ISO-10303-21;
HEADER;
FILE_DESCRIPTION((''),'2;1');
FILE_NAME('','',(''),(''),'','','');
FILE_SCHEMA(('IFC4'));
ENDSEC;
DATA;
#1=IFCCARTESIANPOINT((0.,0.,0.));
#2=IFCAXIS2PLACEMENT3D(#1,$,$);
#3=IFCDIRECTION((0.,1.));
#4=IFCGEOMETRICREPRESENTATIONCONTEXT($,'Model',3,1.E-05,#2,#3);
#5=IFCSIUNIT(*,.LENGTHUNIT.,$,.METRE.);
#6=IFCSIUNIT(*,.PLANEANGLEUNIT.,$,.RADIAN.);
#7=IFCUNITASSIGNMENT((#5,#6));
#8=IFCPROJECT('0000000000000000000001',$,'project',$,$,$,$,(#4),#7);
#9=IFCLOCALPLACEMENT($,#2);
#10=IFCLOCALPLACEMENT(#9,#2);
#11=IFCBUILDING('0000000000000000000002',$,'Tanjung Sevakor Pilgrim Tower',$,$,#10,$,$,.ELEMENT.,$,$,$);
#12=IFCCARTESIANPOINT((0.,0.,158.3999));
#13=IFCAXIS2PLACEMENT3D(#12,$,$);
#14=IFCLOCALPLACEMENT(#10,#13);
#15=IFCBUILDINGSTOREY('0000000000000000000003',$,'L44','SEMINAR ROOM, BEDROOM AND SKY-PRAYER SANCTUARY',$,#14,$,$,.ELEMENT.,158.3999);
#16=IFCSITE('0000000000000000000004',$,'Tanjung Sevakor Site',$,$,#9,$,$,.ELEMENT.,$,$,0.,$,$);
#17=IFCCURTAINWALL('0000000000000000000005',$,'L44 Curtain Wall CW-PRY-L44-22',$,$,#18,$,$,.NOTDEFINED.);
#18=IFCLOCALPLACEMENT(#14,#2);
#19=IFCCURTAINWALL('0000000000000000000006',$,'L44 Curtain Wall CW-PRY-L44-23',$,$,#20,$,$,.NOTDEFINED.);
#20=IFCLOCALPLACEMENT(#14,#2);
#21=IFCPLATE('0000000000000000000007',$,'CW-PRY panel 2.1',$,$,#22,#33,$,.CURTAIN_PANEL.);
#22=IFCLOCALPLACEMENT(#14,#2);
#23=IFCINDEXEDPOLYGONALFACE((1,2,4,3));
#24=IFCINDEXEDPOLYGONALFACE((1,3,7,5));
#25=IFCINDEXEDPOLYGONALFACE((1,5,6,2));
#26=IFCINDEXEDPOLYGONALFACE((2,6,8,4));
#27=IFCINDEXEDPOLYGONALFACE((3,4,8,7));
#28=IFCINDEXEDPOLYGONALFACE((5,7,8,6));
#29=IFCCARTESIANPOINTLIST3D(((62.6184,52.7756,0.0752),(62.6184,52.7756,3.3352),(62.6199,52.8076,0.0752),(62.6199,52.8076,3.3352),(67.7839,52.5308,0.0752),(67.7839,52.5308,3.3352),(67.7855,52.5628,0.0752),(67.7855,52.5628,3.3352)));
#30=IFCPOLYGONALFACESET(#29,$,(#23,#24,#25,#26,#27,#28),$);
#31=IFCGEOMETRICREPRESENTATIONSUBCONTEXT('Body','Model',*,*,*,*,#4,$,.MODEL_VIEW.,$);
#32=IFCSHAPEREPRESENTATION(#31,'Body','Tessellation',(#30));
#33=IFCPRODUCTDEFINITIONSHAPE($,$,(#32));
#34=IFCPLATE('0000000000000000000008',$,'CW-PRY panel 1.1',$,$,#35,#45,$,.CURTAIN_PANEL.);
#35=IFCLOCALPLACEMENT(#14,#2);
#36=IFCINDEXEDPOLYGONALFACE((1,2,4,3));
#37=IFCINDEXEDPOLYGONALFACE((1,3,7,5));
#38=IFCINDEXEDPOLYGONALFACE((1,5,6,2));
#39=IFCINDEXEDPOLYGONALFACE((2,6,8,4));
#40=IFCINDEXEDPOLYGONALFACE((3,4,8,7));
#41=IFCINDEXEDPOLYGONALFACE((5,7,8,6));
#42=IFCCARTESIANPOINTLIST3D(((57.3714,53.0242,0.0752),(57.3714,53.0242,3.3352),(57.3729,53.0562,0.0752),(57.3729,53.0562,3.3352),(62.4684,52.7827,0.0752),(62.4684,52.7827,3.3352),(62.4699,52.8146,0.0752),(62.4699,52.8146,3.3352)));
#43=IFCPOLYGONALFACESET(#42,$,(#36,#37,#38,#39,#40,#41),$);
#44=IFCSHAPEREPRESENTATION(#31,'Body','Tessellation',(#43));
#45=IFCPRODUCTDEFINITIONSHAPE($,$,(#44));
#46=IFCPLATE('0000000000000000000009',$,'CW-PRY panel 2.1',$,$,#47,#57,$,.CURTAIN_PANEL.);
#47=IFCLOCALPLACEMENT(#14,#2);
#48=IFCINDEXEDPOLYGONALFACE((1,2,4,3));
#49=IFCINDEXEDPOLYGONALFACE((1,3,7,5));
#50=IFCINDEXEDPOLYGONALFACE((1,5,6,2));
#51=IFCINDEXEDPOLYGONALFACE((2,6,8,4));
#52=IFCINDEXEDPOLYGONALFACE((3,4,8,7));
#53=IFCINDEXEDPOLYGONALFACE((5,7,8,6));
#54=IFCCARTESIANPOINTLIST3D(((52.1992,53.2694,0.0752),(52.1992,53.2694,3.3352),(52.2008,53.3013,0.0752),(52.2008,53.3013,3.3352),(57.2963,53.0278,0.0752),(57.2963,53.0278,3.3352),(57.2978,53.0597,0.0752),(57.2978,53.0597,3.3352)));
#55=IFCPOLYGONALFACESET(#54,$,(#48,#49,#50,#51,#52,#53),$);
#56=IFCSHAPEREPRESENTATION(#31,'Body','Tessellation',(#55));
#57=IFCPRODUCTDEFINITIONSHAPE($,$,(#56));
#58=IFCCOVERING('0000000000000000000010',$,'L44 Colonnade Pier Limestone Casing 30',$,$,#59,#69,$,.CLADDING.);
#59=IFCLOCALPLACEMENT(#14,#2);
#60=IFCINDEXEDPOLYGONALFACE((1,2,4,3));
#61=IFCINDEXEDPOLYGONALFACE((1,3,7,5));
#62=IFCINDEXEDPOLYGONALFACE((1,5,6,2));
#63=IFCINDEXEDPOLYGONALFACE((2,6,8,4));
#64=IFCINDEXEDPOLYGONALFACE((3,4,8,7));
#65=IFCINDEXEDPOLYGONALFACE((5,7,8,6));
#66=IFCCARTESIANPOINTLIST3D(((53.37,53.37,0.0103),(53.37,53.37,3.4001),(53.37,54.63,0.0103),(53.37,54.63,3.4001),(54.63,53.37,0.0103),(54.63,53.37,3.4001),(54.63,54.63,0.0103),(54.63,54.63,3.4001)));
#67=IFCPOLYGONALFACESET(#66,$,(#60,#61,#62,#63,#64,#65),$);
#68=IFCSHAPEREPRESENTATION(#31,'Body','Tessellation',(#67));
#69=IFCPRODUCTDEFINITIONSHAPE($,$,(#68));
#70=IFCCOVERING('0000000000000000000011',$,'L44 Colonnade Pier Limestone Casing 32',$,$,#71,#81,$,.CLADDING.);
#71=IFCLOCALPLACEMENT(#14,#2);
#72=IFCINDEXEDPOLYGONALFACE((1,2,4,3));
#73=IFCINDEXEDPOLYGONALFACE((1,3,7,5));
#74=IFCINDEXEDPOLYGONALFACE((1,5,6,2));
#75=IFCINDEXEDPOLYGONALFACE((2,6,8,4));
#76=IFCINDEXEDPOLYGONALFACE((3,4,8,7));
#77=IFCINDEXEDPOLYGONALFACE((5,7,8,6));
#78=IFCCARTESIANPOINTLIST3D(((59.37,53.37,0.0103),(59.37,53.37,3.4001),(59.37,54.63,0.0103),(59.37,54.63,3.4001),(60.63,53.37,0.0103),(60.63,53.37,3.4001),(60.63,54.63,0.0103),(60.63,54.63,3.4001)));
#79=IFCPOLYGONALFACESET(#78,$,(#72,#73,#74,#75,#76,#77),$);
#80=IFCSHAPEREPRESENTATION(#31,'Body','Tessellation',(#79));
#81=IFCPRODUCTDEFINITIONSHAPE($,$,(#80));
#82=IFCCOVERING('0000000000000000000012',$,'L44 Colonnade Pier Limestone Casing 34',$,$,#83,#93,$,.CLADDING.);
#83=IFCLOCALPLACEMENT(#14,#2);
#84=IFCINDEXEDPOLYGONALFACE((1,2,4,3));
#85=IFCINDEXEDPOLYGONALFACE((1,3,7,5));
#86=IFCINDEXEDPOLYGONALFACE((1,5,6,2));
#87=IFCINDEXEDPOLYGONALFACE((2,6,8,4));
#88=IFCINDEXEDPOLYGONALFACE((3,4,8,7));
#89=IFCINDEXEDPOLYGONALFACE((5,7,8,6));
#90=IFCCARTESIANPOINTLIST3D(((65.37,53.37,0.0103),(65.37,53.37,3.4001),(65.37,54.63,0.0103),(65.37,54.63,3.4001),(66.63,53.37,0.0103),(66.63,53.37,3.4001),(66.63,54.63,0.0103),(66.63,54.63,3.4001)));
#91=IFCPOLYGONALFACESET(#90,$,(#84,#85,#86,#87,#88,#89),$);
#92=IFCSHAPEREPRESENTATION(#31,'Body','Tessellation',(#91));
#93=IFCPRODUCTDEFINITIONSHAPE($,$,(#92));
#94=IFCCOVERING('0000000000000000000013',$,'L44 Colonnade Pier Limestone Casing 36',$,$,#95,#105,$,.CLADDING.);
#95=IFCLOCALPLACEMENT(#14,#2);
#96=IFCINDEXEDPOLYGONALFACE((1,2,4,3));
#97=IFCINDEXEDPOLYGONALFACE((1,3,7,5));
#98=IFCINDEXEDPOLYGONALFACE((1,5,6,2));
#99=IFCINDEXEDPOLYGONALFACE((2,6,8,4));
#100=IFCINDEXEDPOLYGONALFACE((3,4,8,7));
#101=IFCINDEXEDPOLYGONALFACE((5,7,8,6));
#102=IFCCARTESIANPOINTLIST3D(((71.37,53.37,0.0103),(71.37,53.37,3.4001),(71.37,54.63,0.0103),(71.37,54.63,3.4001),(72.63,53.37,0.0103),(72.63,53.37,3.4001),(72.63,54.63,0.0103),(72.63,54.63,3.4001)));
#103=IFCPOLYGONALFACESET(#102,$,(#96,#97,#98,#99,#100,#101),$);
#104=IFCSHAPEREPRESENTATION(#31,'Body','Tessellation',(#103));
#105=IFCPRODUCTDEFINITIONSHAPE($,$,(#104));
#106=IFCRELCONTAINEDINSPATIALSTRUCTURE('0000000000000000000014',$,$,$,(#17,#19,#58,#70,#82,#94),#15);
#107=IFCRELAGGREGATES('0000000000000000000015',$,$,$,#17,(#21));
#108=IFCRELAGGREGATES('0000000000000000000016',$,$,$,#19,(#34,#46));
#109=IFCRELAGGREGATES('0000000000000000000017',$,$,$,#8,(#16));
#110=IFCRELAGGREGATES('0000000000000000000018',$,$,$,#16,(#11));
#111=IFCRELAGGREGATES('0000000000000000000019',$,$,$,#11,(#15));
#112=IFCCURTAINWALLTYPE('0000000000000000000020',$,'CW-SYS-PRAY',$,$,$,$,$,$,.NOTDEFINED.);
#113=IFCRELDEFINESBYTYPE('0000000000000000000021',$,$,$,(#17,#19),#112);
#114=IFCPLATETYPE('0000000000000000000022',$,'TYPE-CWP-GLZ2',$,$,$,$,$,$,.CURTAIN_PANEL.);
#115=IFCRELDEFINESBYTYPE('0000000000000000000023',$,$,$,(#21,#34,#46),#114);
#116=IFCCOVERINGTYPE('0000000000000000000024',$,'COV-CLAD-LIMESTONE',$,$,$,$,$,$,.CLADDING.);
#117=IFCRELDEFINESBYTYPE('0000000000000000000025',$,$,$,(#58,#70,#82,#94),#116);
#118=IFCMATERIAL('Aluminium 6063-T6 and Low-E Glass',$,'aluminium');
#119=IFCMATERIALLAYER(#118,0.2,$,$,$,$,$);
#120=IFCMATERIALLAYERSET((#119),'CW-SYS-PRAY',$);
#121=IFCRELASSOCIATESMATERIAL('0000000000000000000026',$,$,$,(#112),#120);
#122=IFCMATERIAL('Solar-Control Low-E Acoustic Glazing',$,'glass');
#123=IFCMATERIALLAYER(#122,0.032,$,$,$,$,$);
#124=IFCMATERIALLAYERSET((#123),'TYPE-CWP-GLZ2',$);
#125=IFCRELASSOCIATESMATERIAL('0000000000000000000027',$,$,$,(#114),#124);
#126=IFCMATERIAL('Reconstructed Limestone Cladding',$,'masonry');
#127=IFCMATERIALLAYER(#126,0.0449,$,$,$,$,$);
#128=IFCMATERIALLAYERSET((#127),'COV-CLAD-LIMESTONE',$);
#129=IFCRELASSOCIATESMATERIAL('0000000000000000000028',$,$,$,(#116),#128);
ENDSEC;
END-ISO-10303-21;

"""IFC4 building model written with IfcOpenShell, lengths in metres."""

from ifc_helpers import new_model, si_unit, direction, frame, origin, origin_2d, place, context, subcontext, project, spatial, rectangle, extrude, material, layer, layer_set, type_object, element, aggregate, save


model = new_model("IFC4")

# Units and contexts
model_context = context("Model", 3, precision=1e-05, world=origin(), true_north=direction((0.0, 1.0)))
body_context = subcontext(model_context, "Body", "Model", "MODEL_VIEW")
ifc_project = project(units=[si_unit("LENGTHUNIT", "METRE"), si_unit("PLANEANGLEUNIT", "RADIAN")], contexts=[model_context])

# Site, building, storey
site_placement = place(None, origin())
site = spatial("IfcSite", under=ifc_project, at=site_placement, Name="Tanjung Sevakor Site", CompositionType="ELEMENT", RefElevation=0.0)
building_placement = place(site_placement, origin())
building = spatial("IfcBuilding", under=site, at=building_placement, Name="Tanjung Sevakor Pilgrim Tower", CompositionType="ELEMENT")
storey_placement = place(building_placement, frame((0.0, 0.0, 158.3999)))
storey = spatial("IfcBuildingStorey", under=building, at=storey_placement, Name="L44", Description="SEMINAR ROOM, BEDROOM AND SKY-PRAYER SANCTUARY", CompositionType="ELEMENT", Elevation=158.3999)

# Shared definitions
ifc_material_1 = material(Name="Aluminium 6063-T6 and Low-E Glass", Category="aluminium")
ifc_layer_1 = layer(ifc_material_1, 0.2)
ifc_layer_set_1 = layer_set([ifc_layer_1], Name="CW-SYS-PRAY")
curtain_wall_type = type_object("IfcCurtainWallType", Name="CW-SYS-PRAY", PredefinedType="NOTDEFINED", material=ifc_layer_set_1)

# Curtain walls
curtain_wall_1_placement = place(storey_placement, origin())
curtain_wall_1 = element("IfcCurtainWall", 1, at=curtain_wall_1_placement, inside=storey, type_object=curtain_wall_type, Name="L44 Curtain Wall CW-PRY-L44-22", PredefinedType="NOTDEFINED")
curtain_wall_2_placement = place(storey_placement, origin())
curtain_wall_2 = element("IfcCurtainWall", 2, at=curtain_wall_2_placement, inside=storey, type_object=curtain_wall_type, Name="L44 Curtain Wall CW-PRY-L44-23", PredefinedType="NOTDEFINED")

# Plates
ifc_material_2 = material(Name="Solar-Control Low-E Acoustic Glazing", Category="glass")
ifc_layer_2 = layer(ifc_material_2, 0.032)
ifc_layer_set_2 = layer_set([ifc_layer_2], Name="TYPE-CWP-GLZ2")
plate_type = type_object("IfcPlateType", Name="TYPE-CWP-GLZ2", PredefinedType="CURTAIN_PANEL", material=ifc_layer_set_2)
plate_1_placement = place(storey_placement, frame((65.2019, 52.6692, 0.0752), z_axis=(0.0, 0.0, 1.0), x_axis=(-0.998879, 0.047333, 0.0)))
plate_1 = element("IfcPlate", 3, at=plate_1_placement, type_object=plate_type, Name="CW-PRY panel 2.1", PredefinedType="CURTAIN_PANEL", context=body_context, shape_type="SweptSolid", body=[
    extrude(rectangle(XDim=5.1714, YDim=0.032, at=origin_2d()), origin(), (0.0, 0.0, 1.0), 3.26),
])
aggregate(curtain_wall_1, [plate_1])
plate_2_placement = place(storey_placement, frame((59.9207, 52.9194, 0.0752), z_axis=(0.0, 0.0, 1.0), x_axis=(-0.998879, 0.047341, 0.0)))
plate_2 = element("IfcPlate", 4, at=plate_2_placement, type_object=plate_type, Name="CW-PRY panel 1.1", PredefinedType="CURTAIN_PANEL", context=body_context, shape_type="SweptSolid", body=[
    extrude(rectangle(XDim=5.1028, YDim=0.032, at=origin_2d()), origin(), (0.0, 0.0, 1.0), 3.26),
])
plate_3_placement = place(storey_placement, frame((54.7485, 53.1646, 0.0752), z_axis=(0.0, 0.0, 1.0), x_axis=(-0.998879, 0.047341, 0.0)))
plate_3 = element("IfcPlate", 5, at=plate_3_placement, type_object=plate_type, Name="CW-PRY panel 2.1", PredefinedType="CURTAIN_PANEL", context=body_context, shape_type="SweptSolid", body=[
    extrude(rectangle(XDim=5.1028, YDim=0.032, at=origin_2d()), origin(), (0.0, 0.0, 1.0), 3.26),
])
aggregate(curtain_wall_2, [plate_2, plate_3])

# Coverings
ifc_material_3 = material(Name="Reconstructed Limestone Cladding", Category="masonry")
ifc_layer_3 = layer(ifc_material_3, 0.0449)
ifc_layer_set_3 = layer_set([ifc_layer_3], Name="COV-CLAD-LIMESTONE")
covering_type = type_object("IfcCoveringType", Name="COV-CLAD-LIMESTONE", PredefinedType="CLADDING", material=ifc_layer_set_3)
for number, where, z_axis, x_axis, name in (
    (6, (54.0, 54.0, 0.0103), (0.0, 0.0, 1.0), (1.0, 0.0, 0.0), "L44 Colonnade Pier Limestone Casing 30"),
    (7, (60.0, 54.0, 0.0103), (0.0, 0.0, 1.0), (1.0, 0.0, 0.0), "L44 Colonnade Pier Limestone Casing 32"),
    (8, (66.0, 54.0, 0.0103), (0.0, 0.0, 1.0), (1.0, 0.0, 0.0), "L44 Colonnade Pier Limestone Casing 34"),
    (9, (72.0, 54.0, 0.0103), (0.0, 0.0, 1.0), (1.0, 0.0, 0.0), "L44 Colonnade Pier Limestone Casing 36"),
):
    element("IfcCovering", number, at=place(storey_placement, frame(where, z_axis=z_axis, x_axis=x_axis)), inside=storey, type_object=covering_type, Name=name, PredefinedType="CLADDING", context=body_context, shape_type="SweptSolid", body=[
        extrude(rectangle(XDim=1.26, YDim=1.26, at=origin_2d()), origin(), (0.0, 0.0, 1.0), 3.3899),
    ])

save(model, "model.ifc")
